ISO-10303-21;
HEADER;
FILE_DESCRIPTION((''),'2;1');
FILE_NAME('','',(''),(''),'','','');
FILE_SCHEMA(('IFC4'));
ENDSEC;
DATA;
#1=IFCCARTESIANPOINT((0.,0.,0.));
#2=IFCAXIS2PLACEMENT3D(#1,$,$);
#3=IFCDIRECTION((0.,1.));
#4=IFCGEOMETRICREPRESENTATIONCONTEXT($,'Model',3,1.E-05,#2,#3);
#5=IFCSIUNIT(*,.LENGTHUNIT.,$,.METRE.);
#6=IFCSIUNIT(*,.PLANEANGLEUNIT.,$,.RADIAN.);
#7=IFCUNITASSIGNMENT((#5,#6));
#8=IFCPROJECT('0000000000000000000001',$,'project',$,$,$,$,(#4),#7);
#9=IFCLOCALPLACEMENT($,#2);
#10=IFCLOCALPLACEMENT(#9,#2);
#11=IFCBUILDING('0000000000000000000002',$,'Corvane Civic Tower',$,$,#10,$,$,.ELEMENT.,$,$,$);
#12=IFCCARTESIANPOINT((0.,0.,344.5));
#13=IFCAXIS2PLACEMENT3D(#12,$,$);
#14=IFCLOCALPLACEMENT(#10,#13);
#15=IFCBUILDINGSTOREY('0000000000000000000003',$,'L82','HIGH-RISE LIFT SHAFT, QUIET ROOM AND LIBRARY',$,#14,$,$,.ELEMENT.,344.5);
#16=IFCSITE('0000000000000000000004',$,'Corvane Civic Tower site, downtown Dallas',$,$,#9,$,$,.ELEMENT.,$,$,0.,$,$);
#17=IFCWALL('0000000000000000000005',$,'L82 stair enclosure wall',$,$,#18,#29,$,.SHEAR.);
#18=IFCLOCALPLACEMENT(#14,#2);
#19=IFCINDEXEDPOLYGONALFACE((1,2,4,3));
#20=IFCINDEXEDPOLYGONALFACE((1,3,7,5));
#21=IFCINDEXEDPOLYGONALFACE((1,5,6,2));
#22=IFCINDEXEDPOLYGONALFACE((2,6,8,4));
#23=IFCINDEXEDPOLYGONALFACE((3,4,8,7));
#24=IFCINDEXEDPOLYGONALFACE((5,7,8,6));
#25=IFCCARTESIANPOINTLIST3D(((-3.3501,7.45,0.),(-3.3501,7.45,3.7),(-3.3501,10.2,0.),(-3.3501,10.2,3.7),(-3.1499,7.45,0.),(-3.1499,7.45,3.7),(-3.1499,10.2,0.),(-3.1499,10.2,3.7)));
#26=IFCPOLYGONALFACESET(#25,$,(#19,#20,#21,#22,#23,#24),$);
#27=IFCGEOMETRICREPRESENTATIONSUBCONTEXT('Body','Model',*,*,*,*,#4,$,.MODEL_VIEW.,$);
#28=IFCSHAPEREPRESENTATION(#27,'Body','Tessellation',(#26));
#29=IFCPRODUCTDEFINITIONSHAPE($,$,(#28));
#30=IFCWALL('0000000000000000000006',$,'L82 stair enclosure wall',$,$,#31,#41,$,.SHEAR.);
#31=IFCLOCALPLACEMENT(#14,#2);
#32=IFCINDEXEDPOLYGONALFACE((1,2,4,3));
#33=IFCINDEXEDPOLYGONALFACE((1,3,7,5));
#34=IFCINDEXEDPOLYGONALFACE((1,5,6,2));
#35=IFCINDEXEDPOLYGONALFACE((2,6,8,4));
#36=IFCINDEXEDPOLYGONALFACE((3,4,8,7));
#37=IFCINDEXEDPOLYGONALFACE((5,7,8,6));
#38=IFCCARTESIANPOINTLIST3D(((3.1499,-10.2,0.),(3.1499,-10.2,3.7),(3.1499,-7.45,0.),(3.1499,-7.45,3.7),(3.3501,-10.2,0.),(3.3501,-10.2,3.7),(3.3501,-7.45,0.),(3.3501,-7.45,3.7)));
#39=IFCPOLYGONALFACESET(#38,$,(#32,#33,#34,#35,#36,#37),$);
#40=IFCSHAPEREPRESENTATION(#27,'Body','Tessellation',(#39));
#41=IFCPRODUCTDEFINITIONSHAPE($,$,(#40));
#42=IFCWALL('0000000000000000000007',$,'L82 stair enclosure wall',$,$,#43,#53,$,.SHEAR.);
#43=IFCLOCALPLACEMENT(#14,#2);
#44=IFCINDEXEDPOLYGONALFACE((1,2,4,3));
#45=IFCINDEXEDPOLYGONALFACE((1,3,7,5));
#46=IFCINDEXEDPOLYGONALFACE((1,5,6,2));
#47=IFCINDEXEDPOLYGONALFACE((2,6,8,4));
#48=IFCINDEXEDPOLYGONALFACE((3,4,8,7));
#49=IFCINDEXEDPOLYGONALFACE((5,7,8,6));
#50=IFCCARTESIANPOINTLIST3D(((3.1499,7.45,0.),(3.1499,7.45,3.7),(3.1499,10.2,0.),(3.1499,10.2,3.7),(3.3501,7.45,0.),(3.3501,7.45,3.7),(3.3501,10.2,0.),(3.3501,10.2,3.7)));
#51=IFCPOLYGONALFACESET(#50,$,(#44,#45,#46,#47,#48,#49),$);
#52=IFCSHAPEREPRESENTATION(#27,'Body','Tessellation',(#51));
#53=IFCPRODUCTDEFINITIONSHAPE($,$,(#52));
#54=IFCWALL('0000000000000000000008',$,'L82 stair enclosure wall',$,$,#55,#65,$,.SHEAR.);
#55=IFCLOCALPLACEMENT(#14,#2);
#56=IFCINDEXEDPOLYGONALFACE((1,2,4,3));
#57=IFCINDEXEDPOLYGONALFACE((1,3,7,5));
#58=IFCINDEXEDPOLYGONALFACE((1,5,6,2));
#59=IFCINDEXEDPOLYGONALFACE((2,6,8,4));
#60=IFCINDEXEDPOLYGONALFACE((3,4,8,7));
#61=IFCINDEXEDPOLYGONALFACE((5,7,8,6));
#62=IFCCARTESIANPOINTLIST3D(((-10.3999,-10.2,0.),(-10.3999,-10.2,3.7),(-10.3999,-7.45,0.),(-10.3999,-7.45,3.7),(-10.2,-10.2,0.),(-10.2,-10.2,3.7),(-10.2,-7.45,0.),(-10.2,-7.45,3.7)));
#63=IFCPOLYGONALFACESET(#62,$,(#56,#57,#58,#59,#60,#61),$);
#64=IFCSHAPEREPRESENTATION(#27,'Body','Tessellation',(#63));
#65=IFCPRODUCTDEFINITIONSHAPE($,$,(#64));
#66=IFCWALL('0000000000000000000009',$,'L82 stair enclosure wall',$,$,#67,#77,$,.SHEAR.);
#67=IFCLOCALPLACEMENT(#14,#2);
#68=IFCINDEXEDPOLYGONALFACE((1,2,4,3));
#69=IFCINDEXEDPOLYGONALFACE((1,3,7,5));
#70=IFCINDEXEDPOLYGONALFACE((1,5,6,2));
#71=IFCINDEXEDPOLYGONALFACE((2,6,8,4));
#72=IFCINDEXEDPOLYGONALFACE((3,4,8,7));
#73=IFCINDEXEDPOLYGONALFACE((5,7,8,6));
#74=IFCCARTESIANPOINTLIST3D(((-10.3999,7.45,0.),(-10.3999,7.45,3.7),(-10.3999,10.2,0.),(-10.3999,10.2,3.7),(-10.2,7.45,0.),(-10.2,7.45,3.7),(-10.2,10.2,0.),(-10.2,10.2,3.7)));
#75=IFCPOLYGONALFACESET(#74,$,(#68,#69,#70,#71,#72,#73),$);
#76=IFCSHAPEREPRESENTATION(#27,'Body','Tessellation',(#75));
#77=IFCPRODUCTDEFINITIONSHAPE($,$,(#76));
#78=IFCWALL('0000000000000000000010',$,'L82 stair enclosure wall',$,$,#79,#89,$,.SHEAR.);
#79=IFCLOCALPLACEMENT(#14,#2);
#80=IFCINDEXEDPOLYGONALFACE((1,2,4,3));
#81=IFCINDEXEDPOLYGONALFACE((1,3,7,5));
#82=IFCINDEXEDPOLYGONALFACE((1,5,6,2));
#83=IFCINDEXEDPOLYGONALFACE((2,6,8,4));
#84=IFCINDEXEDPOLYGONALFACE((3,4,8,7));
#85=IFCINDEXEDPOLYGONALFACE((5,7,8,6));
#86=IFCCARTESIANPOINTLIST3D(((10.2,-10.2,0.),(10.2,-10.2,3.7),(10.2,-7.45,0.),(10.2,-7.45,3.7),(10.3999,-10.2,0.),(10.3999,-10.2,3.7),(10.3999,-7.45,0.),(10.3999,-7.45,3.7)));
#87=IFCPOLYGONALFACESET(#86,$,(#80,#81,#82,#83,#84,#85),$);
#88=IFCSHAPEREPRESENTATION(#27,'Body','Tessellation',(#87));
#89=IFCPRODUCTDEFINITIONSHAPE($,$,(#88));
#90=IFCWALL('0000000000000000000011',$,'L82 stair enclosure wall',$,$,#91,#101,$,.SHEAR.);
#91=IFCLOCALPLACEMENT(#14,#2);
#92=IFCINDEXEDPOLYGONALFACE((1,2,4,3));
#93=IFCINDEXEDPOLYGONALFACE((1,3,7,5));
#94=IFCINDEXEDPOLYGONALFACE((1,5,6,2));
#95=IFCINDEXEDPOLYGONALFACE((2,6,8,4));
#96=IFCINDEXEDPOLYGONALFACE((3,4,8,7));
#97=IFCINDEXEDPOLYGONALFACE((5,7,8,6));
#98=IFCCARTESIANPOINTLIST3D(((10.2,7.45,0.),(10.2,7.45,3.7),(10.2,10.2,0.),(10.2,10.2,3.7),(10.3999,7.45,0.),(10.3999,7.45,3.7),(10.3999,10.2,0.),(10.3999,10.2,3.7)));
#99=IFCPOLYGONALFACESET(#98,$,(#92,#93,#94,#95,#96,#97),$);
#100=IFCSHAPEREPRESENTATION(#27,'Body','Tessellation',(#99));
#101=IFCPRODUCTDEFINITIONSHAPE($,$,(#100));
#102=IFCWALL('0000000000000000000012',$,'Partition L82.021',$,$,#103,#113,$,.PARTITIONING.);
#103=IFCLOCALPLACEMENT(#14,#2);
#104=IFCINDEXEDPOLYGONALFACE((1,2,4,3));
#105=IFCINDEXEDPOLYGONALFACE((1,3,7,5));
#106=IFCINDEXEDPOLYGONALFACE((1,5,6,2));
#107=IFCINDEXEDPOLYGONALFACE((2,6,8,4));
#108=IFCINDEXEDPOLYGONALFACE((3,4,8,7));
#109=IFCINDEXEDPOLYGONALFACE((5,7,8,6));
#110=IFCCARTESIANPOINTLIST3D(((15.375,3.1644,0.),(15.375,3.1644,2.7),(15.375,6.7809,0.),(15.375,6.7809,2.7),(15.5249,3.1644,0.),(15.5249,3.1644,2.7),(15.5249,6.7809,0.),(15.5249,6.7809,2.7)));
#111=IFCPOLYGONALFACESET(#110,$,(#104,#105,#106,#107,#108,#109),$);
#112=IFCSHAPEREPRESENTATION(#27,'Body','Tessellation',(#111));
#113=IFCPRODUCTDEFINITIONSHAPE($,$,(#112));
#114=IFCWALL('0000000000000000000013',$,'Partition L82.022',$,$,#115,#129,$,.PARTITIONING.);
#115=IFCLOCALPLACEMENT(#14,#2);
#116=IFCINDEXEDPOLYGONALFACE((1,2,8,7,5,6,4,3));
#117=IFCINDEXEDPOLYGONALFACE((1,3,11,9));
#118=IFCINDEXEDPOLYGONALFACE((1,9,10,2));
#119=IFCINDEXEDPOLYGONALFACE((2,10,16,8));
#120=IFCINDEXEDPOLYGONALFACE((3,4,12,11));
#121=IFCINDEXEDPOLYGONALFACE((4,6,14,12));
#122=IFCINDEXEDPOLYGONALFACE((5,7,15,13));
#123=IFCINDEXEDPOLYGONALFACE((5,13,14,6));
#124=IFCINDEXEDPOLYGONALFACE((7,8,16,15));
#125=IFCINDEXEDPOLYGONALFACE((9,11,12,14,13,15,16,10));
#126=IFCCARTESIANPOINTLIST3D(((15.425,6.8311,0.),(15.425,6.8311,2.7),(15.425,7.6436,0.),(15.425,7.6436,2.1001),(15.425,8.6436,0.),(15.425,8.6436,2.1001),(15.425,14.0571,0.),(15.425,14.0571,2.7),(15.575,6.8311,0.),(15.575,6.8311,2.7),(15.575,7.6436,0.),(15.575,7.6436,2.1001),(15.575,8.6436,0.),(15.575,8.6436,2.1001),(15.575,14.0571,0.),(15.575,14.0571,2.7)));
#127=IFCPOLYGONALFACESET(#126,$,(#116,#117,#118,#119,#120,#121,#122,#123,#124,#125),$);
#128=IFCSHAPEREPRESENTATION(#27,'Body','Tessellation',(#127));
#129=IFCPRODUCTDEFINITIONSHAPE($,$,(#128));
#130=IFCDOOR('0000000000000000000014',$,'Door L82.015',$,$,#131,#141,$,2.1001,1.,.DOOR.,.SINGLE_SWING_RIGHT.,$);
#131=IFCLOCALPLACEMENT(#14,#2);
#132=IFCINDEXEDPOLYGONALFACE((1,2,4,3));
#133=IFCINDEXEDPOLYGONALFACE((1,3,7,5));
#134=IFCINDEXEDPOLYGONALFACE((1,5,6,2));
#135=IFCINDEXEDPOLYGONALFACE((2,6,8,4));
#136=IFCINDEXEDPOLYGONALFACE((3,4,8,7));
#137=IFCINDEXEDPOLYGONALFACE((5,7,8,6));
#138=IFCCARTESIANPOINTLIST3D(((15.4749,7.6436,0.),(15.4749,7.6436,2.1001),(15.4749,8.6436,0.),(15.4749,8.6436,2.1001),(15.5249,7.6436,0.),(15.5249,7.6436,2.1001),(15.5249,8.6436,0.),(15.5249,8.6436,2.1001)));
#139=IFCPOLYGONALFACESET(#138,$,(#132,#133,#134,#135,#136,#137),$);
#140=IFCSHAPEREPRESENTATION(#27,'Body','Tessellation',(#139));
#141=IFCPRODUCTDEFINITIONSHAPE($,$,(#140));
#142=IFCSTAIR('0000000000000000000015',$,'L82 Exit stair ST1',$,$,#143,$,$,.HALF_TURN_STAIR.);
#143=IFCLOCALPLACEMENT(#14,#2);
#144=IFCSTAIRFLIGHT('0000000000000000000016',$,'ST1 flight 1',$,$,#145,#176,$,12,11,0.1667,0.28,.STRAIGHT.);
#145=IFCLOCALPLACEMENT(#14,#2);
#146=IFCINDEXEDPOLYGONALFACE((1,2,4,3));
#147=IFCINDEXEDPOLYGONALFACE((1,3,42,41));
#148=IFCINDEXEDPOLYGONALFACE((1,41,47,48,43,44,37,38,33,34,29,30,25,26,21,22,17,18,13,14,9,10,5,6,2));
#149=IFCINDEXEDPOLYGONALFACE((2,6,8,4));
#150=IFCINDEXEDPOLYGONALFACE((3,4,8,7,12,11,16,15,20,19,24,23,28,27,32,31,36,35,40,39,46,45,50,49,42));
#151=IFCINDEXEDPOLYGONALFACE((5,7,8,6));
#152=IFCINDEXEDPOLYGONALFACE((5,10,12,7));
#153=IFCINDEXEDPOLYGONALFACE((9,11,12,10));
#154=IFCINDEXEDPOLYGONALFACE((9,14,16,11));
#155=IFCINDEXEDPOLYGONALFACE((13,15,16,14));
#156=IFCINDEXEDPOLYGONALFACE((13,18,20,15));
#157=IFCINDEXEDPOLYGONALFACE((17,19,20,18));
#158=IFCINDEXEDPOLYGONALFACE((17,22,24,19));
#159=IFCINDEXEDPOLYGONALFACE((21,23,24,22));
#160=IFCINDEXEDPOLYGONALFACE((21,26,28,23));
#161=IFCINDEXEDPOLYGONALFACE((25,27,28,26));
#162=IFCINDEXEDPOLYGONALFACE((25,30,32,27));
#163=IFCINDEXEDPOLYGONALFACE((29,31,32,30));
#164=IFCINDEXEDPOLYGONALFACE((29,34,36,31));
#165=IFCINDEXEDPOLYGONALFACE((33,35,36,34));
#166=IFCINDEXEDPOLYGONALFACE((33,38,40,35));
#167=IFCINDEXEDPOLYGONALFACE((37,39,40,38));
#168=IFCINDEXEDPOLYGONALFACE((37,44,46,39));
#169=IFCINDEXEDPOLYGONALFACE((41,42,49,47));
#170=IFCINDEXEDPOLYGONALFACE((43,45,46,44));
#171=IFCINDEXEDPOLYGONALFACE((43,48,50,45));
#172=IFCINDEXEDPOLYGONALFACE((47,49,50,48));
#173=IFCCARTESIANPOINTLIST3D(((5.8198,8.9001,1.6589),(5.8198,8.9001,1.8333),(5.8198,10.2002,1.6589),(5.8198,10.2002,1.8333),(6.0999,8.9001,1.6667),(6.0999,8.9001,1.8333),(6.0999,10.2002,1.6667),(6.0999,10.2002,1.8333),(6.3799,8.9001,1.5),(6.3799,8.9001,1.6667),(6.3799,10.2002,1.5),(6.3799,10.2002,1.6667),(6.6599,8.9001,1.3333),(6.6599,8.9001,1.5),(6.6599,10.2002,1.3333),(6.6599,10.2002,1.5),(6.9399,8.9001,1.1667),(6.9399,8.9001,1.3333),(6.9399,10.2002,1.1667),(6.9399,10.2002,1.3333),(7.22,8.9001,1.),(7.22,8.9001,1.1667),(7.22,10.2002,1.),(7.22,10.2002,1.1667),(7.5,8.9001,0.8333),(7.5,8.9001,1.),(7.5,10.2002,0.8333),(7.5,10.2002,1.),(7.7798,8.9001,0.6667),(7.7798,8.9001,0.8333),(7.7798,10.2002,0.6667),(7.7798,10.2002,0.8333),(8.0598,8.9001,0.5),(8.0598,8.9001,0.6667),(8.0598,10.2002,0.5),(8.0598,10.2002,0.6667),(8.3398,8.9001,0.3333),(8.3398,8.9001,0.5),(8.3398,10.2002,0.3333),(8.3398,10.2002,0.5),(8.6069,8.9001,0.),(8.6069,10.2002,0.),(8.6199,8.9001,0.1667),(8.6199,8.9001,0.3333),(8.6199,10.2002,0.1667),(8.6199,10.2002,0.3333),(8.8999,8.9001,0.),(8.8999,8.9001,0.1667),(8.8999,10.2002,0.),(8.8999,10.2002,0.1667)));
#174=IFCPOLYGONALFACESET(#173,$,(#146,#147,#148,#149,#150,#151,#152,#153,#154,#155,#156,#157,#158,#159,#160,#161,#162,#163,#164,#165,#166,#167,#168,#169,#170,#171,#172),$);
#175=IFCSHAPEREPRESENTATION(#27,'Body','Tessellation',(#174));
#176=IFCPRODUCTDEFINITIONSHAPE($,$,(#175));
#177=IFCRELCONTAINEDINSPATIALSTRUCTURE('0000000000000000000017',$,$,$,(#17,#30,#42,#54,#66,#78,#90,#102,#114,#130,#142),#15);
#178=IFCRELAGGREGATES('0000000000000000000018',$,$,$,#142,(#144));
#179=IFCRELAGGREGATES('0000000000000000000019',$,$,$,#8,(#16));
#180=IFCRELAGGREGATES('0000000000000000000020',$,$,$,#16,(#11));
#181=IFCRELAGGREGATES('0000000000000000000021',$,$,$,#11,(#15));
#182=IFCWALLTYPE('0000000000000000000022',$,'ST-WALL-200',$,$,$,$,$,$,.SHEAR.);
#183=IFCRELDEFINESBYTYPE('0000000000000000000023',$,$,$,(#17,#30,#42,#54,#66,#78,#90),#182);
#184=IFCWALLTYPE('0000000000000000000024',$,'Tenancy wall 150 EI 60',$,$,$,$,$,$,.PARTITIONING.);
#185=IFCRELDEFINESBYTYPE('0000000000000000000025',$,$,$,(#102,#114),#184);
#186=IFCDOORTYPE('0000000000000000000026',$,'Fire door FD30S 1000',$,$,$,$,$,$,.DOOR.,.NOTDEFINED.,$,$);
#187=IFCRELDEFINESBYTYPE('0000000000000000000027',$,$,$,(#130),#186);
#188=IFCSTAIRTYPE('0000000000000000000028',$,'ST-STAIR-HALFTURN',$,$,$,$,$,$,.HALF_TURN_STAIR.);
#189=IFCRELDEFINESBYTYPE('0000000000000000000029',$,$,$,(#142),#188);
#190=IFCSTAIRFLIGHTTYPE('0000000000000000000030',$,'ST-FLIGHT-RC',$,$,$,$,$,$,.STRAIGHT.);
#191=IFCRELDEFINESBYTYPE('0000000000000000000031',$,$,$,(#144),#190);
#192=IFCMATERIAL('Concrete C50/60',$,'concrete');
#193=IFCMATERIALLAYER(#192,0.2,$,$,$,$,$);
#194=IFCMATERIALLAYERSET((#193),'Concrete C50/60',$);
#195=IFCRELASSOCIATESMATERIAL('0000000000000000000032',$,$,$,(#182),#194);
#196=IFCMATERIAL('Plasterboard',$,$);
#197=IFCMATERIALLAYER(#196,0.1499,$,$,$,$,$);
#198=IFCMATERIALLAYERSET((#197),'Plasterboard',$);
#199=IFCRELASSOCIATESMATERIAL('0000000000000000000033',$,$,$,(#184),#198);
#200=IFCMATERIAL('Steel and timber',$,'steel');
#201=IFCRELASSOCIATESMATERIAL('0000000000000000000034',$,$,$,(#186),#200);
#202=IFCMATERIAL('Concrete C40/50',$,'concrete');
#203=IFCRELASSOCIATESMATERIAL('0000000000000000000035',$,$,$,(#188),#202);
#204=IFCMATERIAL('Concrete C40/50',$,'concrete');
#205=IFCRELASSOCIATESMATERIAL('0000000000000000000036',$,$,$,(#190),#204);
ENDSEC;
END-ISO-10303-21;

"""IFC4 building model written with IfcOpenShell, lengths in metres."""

from ifc_helpers import new_model, si_unit, direction, frame, frame_2d, origin, place, context, subcontext, project, spatial, polyline, rectangle, outline, extrude, material, layer, layer_set, type_object, element, fill, aggregate, save


model = new_model("IFC4")

# Units and contexts
model_context = context("Model", 3, precision=1e-05, world=origin(), true_north=direction((0.0, 1.0)))
body_context = subcontext(model_context, "Body", "Model", "MODEL_VIEW")
ifc_project = project(units=[si_unit("LENGTHUNIT", "METRE"), si_unit("PLANEANGLEUNIT", "RADIAN")], contexts=[model_context])

# Site, building, storey
site_placement = place(None, origin())
site = spatial("IfcSite", under=ifc_project, at=site_placement, Name="Corvane Civic Tower site, downtown Dallas", CompositionType="ELEMENT", RefElevation=0.0)
building_placement = place(site_placement, origin())
building = spatial("IfcBuilding", under=site, at=building_placement, Name="Corvane Civic Tower", CompositionType="ELEMENT")
storey_placement = place(building_placement, frame((0.0, 0.0, 344.5)))
storey = spatial("IfcBuildingStorey", under=building, at=storey_placement, Name="L82", Description="HIGH-RISE LIFT SHAFT, QUIET ROOM AND LIBRARY", CompositionType="ELEMENT", Elevation=344.5)

# Shared definitions
ifc_material_1 = material(Name="Concrete C50/60", Category="concrete")
ifc_layer_1 = layer(ifc_material_1, 0.2)
ifc_layer_set_1 = layer_set([ifc_layer_1], Name="Concrete C50/60")
wall_type_1 = type_object("IfcWallType", Name="ST-WALL-200", PredefinedType="SHEAR", material=ifc_layer_set_1)

# Walls
wall_1_placement = place(storey_placement, origin())
element("IfcWall", 1, at=wall_1_placement, inside=storey, type_object=wall_type_1, Name="L82 stair enclosure wall", PredefinedType="SHEAR", context=body_context, shape_type="SweptSolid", body=[
    extrude(outline(polyline([(-3.1499, 7.45), (-3.3501, 7.45), (-3.3501, 10.2), (-3.1499, 10.2), (-3.1499, 7.45)])), origin(), (0.0, 0.0, 1.0), 3.7),
])
wall_2_placement = place(storey_placement, origin())
element("IfcWall", 2, at=wall_2_placement, inside=storey, type_object=wall_type_1, Name="L82 stair enclosure wall", PredefinedType="SHEAR", context=body_context, shape_type="SweptSolid", body=[
    extrude(outline(polyline([(3.3501, -7.45), (3.3501, -10.2), (3.1499, -10.2), (3.1499, -7.45), (3.3501, -7.45)])), origin(), (0.0, 0.0, 1.0), 3.7),
])
wall_3_placement = place(storey_placement, origin())
element("IfcWall", 3, at=wall_3_placement, inside=storey, type_object=wall_type_1, Name="L82 stair enclosure wall", PredefinedType="SHEAR", context=body_context, shape_type="SweptSolid", body=[
    extrude(outline(polyline([(3.3501, 7.45), (3.1499, 7.45), (3.1499, 10.2), (3.3501, 10.2), (3.3501, 7.45)])), origin(), (0.0, 0.0, 1.0), 3.7),
])
wall_4_placement = place(storey_placement, origin())
element("IfcWall", 4, at=wall_4_placement, inside=storey, type_object=wall_type_1, Name="L82 stair enclosure wall", PredefinedType="SHEAR", context=body_context, shape_type="SweptSolid", body=[
    extrude(outline(polyline([(-10.2, -7.45), (-10.2, -10.2), (-10.3999, -10.2), (-10.3999, -7.45), (-10.2, -7.45)])), origin(), (0.0, 0.0, 1.0), 3.7),
])
wall_5_placement = place(storey_placement, origin())
element("IfcWall", 5, at=wall_5_placement, inside=storey, type_object=wall_type_1, Name="L82 stair enclosure wall", PredefinedType="SHEAR", context=body_context, shape_type="SweptSolid", body=[
    extrude(outline(polyline([(-10.2, 7.45), (-10.3999, 7.45), (-10.3999, 10.2), (-10.2, 10.2), (-10.2, 7.45)])), origin(), (0.0, 0.0, 1.0), 3.7),
])
wall_6_placement = place(storey_placement, origin())
element("IfcWall", 6, at=wall_6_placement, inside=storey, type_object=wall_type_1, Name="L82 stair enclosure wall", PredefinedType="SHEAR", context=body_context, shape_type="SweptSolid", body=[
    extrude(outline(polyline([(10.3999, -7.45), (10.3999, -10.2), (10.2, -10.2), (10.2, -7.45), (10.3999, -7.45)])), origin(), (0.0, 0.0, 1.0), 3.7),
])
wall_7_placement = place(storey_placement, origin())
element("IfcWall", 7, at=wall_7_placement, inside=storey, type_object=wall_type_1, Name="L82 stair enclosure wall", PredefinedType="SHEAR", context=body_context, shape_type="SweptSolid", body=[
    extrude(outline(polyline([(10.3999, 7.45), (10.2, 7.45), (10.2, 10.2), (10.3999, 10.2), (10.3999, 7.45)])), origin(), (0.0, 0.0, 1.0), 3.7),
])
ifc_material_2 = material(Name="Plasterboard")
ifc_layer_2 = layer(ifc_material_2, 0.1499)
ifc_layer_set_2 = layer_set([ifc_layer_2], Name="Plasterboard")
wall_type_2 = type_object("IfcWallType", Name="Tenancy wall 150 EI 60", PredefinedType="PARTITIONING", material=ifc_layer_set_2)
wall_8_placement = place(storey_placement, frame((15.45, 3.1646, 0.0), z_axis=(0.0, 0.0, 1.0), x_axis=(0.0, 1.0, 0.0)))
element("IfcWall", 8, at=wall_8_placement, inside=storey, type_object=wall_type_2, Name="Partition L82.021", PredefinedType="PARTITIONING", context=body_context, shape_type="SweptSolid", body=[
    extrude(rectangle(XDim=3.6165, YDim=0.1499, at=frame_2d((1.8081, 0.0))), origin(), (0.0, 0.0, 1.0), 2.7),
])

# Wall, opening, door
wall_9_placement = place(storey_placement, frame((15.5, 6.8311, 0.0), z_axis=(0.0, 0.0, 1.0), x_axis=(0.0, 1.0, 0.0)))
wall_9 = element("IfcWall", 9, at=wall_9_placement, inside=storey, type_object=wall_type_2, Name="Partition L82.022", PredefinedType="PARTITIONING", context=body_context, shape_type="SweptSolid", body=[
    extrude(rectangle(XDim=7.2261, YDim=0.1499, at=frame_2d((3.613, 0.0))), origin(), (0.0, 0.0, 1.0), 2.7),
])
opening_1_placement = place(wall_9_placement, frame((0.8125, 0.0, 0.0)))
opening_1 = element("IfcOpeningElement", 10, at=opening_1_placement, cuts=wall_9, PredefinedType="OPENING", context=body_context, shape_type="SweptSolid", body=[
    extrude(rectangle(XDim=1.0, YDim=2.1001, at=frame_2d((0.5, 1.05))), frame((0.0, 0.085, 0.0), z_axis=(0.0, -1.0, 0.0), x_axis=(1.0, 0.0, 0.0)), (0.0, 0.0, 1.0), 0.1699),
])
ifc_material_3 = material(Name="Steel and timber", Category="steel")
door_type_1 = type_object("IfcDoorType", Name="Fire door FD30S 1000", OperationType="NOTDEFINED", PredefinedType="DOOR", material=ifc_material_3)
door_1_placement = place(opening_1_placement, frame((1.0, 0.0, 0.0), z_axis=(0.0, 0.0, 1.0), x_axis=(-1.0, 0.0, 0.0)))
door_1 = element("IfcDoor", 11, at=door_1_placement, inside=storey, type_object=door_type_1, Name="Door L82.015", OperationType="SINGLE_SWING_RIGHT", OverallHeight=2.1001, OverallWidth=1.0, PredefinedType="DOOR", context=body_context, shape_type="SweptSolid", body=[
    extrude(rectangle(XDim=1.0, YDim=2.1001, at=frame_2d((0.5, 1.05))), frame((0.0, 0.0249, 0.0), z_axis=(0.0, -1.0, 0.0), x_axis=(1.0, 0.0, 0.0)), (0.0, 0.0, 1.0), 0.05),
])
fill(opening_1, door_1)

# Stair, stair flight
ifc_material_4 = material(Name="Concrete C40/50", Category="concrete")
stair_type = type_object("IfcStairType", Name="ST-STAIR-HALFTURN", PredefinedType="HALF_TURN_STAIR", material=ifc_material_4)
stair_placement = place(storey_placement, origin())
stair = element("IfcStair", 12, at=stair_placement, inside=storey, type_object=stair_type, Name="L82 Exit stair ST1", PredefinedType="HALF_TURN_STAIR")
ifc_material_5 = material(Name="Concrete C40/50", Category="concrete")
stair_flight_type = type_object("IfcStairFlightType", Name="ST-FLIGHT-RC", PredefinedType="STRAIGHT", material=ifc_material_5)
stair_flight_1_placement = place(storey_placement, frame((8.8999, 9.55, 0.0), z_axis=(0.0, 0.0, 1.0), x_axis=(-1.0, 0.0, 0.0)))
stair_flight_1 = element("IfcStairFlight", 13, at=stair_flight_1_placement, type_object=stair_flight_type, Name="ST1 flight 1", NumberOfRisers=12, NumberOfTreads=11, PredefinedType="STRAIGHT", RiserHeight=0.1667, TreadLength=0.28, context=body_context, shape_type="SweptSolid", body=[
    extrude(outline(polyline([(0.0, 0.0), (0.0, 0.1667), (0.28, 0.1667), (0.28, 0.3333), (0.5601, 0.3333), (0.5601, 0.5), (0.8401, 0.5), (0.8401, 0.6667), (1.1201, 0.6667), (1.1201, 0.8333), (1.3999, 0.8333), (1.3999, 1.0), (1.6799, 1.0), (1.6799, 1.1667), (1.96, 1.1667), (1.96, 1.3333), (2.24, 1.3333), (2.24, 1.5), (2.52, 1.5), (2.52, 1.6667), (2.8, 1.6667), (2.8, 1.8333), (3.0801, 1.8333), (3.0801, 2.0), (3.0801, 1.6589), (0.293, 0.0), (0.0, 0.0)])), frame((0.0, 0.6499, 0.0), z_axis=(0.0, -1.0, 0.0), x_axis=(1.0, 0.0, 0.0)), (0.0, 0.0, 1.0), 1.3),
])
aggregate(stair, [stair_flight_1])

save(model, "model.ifc")
